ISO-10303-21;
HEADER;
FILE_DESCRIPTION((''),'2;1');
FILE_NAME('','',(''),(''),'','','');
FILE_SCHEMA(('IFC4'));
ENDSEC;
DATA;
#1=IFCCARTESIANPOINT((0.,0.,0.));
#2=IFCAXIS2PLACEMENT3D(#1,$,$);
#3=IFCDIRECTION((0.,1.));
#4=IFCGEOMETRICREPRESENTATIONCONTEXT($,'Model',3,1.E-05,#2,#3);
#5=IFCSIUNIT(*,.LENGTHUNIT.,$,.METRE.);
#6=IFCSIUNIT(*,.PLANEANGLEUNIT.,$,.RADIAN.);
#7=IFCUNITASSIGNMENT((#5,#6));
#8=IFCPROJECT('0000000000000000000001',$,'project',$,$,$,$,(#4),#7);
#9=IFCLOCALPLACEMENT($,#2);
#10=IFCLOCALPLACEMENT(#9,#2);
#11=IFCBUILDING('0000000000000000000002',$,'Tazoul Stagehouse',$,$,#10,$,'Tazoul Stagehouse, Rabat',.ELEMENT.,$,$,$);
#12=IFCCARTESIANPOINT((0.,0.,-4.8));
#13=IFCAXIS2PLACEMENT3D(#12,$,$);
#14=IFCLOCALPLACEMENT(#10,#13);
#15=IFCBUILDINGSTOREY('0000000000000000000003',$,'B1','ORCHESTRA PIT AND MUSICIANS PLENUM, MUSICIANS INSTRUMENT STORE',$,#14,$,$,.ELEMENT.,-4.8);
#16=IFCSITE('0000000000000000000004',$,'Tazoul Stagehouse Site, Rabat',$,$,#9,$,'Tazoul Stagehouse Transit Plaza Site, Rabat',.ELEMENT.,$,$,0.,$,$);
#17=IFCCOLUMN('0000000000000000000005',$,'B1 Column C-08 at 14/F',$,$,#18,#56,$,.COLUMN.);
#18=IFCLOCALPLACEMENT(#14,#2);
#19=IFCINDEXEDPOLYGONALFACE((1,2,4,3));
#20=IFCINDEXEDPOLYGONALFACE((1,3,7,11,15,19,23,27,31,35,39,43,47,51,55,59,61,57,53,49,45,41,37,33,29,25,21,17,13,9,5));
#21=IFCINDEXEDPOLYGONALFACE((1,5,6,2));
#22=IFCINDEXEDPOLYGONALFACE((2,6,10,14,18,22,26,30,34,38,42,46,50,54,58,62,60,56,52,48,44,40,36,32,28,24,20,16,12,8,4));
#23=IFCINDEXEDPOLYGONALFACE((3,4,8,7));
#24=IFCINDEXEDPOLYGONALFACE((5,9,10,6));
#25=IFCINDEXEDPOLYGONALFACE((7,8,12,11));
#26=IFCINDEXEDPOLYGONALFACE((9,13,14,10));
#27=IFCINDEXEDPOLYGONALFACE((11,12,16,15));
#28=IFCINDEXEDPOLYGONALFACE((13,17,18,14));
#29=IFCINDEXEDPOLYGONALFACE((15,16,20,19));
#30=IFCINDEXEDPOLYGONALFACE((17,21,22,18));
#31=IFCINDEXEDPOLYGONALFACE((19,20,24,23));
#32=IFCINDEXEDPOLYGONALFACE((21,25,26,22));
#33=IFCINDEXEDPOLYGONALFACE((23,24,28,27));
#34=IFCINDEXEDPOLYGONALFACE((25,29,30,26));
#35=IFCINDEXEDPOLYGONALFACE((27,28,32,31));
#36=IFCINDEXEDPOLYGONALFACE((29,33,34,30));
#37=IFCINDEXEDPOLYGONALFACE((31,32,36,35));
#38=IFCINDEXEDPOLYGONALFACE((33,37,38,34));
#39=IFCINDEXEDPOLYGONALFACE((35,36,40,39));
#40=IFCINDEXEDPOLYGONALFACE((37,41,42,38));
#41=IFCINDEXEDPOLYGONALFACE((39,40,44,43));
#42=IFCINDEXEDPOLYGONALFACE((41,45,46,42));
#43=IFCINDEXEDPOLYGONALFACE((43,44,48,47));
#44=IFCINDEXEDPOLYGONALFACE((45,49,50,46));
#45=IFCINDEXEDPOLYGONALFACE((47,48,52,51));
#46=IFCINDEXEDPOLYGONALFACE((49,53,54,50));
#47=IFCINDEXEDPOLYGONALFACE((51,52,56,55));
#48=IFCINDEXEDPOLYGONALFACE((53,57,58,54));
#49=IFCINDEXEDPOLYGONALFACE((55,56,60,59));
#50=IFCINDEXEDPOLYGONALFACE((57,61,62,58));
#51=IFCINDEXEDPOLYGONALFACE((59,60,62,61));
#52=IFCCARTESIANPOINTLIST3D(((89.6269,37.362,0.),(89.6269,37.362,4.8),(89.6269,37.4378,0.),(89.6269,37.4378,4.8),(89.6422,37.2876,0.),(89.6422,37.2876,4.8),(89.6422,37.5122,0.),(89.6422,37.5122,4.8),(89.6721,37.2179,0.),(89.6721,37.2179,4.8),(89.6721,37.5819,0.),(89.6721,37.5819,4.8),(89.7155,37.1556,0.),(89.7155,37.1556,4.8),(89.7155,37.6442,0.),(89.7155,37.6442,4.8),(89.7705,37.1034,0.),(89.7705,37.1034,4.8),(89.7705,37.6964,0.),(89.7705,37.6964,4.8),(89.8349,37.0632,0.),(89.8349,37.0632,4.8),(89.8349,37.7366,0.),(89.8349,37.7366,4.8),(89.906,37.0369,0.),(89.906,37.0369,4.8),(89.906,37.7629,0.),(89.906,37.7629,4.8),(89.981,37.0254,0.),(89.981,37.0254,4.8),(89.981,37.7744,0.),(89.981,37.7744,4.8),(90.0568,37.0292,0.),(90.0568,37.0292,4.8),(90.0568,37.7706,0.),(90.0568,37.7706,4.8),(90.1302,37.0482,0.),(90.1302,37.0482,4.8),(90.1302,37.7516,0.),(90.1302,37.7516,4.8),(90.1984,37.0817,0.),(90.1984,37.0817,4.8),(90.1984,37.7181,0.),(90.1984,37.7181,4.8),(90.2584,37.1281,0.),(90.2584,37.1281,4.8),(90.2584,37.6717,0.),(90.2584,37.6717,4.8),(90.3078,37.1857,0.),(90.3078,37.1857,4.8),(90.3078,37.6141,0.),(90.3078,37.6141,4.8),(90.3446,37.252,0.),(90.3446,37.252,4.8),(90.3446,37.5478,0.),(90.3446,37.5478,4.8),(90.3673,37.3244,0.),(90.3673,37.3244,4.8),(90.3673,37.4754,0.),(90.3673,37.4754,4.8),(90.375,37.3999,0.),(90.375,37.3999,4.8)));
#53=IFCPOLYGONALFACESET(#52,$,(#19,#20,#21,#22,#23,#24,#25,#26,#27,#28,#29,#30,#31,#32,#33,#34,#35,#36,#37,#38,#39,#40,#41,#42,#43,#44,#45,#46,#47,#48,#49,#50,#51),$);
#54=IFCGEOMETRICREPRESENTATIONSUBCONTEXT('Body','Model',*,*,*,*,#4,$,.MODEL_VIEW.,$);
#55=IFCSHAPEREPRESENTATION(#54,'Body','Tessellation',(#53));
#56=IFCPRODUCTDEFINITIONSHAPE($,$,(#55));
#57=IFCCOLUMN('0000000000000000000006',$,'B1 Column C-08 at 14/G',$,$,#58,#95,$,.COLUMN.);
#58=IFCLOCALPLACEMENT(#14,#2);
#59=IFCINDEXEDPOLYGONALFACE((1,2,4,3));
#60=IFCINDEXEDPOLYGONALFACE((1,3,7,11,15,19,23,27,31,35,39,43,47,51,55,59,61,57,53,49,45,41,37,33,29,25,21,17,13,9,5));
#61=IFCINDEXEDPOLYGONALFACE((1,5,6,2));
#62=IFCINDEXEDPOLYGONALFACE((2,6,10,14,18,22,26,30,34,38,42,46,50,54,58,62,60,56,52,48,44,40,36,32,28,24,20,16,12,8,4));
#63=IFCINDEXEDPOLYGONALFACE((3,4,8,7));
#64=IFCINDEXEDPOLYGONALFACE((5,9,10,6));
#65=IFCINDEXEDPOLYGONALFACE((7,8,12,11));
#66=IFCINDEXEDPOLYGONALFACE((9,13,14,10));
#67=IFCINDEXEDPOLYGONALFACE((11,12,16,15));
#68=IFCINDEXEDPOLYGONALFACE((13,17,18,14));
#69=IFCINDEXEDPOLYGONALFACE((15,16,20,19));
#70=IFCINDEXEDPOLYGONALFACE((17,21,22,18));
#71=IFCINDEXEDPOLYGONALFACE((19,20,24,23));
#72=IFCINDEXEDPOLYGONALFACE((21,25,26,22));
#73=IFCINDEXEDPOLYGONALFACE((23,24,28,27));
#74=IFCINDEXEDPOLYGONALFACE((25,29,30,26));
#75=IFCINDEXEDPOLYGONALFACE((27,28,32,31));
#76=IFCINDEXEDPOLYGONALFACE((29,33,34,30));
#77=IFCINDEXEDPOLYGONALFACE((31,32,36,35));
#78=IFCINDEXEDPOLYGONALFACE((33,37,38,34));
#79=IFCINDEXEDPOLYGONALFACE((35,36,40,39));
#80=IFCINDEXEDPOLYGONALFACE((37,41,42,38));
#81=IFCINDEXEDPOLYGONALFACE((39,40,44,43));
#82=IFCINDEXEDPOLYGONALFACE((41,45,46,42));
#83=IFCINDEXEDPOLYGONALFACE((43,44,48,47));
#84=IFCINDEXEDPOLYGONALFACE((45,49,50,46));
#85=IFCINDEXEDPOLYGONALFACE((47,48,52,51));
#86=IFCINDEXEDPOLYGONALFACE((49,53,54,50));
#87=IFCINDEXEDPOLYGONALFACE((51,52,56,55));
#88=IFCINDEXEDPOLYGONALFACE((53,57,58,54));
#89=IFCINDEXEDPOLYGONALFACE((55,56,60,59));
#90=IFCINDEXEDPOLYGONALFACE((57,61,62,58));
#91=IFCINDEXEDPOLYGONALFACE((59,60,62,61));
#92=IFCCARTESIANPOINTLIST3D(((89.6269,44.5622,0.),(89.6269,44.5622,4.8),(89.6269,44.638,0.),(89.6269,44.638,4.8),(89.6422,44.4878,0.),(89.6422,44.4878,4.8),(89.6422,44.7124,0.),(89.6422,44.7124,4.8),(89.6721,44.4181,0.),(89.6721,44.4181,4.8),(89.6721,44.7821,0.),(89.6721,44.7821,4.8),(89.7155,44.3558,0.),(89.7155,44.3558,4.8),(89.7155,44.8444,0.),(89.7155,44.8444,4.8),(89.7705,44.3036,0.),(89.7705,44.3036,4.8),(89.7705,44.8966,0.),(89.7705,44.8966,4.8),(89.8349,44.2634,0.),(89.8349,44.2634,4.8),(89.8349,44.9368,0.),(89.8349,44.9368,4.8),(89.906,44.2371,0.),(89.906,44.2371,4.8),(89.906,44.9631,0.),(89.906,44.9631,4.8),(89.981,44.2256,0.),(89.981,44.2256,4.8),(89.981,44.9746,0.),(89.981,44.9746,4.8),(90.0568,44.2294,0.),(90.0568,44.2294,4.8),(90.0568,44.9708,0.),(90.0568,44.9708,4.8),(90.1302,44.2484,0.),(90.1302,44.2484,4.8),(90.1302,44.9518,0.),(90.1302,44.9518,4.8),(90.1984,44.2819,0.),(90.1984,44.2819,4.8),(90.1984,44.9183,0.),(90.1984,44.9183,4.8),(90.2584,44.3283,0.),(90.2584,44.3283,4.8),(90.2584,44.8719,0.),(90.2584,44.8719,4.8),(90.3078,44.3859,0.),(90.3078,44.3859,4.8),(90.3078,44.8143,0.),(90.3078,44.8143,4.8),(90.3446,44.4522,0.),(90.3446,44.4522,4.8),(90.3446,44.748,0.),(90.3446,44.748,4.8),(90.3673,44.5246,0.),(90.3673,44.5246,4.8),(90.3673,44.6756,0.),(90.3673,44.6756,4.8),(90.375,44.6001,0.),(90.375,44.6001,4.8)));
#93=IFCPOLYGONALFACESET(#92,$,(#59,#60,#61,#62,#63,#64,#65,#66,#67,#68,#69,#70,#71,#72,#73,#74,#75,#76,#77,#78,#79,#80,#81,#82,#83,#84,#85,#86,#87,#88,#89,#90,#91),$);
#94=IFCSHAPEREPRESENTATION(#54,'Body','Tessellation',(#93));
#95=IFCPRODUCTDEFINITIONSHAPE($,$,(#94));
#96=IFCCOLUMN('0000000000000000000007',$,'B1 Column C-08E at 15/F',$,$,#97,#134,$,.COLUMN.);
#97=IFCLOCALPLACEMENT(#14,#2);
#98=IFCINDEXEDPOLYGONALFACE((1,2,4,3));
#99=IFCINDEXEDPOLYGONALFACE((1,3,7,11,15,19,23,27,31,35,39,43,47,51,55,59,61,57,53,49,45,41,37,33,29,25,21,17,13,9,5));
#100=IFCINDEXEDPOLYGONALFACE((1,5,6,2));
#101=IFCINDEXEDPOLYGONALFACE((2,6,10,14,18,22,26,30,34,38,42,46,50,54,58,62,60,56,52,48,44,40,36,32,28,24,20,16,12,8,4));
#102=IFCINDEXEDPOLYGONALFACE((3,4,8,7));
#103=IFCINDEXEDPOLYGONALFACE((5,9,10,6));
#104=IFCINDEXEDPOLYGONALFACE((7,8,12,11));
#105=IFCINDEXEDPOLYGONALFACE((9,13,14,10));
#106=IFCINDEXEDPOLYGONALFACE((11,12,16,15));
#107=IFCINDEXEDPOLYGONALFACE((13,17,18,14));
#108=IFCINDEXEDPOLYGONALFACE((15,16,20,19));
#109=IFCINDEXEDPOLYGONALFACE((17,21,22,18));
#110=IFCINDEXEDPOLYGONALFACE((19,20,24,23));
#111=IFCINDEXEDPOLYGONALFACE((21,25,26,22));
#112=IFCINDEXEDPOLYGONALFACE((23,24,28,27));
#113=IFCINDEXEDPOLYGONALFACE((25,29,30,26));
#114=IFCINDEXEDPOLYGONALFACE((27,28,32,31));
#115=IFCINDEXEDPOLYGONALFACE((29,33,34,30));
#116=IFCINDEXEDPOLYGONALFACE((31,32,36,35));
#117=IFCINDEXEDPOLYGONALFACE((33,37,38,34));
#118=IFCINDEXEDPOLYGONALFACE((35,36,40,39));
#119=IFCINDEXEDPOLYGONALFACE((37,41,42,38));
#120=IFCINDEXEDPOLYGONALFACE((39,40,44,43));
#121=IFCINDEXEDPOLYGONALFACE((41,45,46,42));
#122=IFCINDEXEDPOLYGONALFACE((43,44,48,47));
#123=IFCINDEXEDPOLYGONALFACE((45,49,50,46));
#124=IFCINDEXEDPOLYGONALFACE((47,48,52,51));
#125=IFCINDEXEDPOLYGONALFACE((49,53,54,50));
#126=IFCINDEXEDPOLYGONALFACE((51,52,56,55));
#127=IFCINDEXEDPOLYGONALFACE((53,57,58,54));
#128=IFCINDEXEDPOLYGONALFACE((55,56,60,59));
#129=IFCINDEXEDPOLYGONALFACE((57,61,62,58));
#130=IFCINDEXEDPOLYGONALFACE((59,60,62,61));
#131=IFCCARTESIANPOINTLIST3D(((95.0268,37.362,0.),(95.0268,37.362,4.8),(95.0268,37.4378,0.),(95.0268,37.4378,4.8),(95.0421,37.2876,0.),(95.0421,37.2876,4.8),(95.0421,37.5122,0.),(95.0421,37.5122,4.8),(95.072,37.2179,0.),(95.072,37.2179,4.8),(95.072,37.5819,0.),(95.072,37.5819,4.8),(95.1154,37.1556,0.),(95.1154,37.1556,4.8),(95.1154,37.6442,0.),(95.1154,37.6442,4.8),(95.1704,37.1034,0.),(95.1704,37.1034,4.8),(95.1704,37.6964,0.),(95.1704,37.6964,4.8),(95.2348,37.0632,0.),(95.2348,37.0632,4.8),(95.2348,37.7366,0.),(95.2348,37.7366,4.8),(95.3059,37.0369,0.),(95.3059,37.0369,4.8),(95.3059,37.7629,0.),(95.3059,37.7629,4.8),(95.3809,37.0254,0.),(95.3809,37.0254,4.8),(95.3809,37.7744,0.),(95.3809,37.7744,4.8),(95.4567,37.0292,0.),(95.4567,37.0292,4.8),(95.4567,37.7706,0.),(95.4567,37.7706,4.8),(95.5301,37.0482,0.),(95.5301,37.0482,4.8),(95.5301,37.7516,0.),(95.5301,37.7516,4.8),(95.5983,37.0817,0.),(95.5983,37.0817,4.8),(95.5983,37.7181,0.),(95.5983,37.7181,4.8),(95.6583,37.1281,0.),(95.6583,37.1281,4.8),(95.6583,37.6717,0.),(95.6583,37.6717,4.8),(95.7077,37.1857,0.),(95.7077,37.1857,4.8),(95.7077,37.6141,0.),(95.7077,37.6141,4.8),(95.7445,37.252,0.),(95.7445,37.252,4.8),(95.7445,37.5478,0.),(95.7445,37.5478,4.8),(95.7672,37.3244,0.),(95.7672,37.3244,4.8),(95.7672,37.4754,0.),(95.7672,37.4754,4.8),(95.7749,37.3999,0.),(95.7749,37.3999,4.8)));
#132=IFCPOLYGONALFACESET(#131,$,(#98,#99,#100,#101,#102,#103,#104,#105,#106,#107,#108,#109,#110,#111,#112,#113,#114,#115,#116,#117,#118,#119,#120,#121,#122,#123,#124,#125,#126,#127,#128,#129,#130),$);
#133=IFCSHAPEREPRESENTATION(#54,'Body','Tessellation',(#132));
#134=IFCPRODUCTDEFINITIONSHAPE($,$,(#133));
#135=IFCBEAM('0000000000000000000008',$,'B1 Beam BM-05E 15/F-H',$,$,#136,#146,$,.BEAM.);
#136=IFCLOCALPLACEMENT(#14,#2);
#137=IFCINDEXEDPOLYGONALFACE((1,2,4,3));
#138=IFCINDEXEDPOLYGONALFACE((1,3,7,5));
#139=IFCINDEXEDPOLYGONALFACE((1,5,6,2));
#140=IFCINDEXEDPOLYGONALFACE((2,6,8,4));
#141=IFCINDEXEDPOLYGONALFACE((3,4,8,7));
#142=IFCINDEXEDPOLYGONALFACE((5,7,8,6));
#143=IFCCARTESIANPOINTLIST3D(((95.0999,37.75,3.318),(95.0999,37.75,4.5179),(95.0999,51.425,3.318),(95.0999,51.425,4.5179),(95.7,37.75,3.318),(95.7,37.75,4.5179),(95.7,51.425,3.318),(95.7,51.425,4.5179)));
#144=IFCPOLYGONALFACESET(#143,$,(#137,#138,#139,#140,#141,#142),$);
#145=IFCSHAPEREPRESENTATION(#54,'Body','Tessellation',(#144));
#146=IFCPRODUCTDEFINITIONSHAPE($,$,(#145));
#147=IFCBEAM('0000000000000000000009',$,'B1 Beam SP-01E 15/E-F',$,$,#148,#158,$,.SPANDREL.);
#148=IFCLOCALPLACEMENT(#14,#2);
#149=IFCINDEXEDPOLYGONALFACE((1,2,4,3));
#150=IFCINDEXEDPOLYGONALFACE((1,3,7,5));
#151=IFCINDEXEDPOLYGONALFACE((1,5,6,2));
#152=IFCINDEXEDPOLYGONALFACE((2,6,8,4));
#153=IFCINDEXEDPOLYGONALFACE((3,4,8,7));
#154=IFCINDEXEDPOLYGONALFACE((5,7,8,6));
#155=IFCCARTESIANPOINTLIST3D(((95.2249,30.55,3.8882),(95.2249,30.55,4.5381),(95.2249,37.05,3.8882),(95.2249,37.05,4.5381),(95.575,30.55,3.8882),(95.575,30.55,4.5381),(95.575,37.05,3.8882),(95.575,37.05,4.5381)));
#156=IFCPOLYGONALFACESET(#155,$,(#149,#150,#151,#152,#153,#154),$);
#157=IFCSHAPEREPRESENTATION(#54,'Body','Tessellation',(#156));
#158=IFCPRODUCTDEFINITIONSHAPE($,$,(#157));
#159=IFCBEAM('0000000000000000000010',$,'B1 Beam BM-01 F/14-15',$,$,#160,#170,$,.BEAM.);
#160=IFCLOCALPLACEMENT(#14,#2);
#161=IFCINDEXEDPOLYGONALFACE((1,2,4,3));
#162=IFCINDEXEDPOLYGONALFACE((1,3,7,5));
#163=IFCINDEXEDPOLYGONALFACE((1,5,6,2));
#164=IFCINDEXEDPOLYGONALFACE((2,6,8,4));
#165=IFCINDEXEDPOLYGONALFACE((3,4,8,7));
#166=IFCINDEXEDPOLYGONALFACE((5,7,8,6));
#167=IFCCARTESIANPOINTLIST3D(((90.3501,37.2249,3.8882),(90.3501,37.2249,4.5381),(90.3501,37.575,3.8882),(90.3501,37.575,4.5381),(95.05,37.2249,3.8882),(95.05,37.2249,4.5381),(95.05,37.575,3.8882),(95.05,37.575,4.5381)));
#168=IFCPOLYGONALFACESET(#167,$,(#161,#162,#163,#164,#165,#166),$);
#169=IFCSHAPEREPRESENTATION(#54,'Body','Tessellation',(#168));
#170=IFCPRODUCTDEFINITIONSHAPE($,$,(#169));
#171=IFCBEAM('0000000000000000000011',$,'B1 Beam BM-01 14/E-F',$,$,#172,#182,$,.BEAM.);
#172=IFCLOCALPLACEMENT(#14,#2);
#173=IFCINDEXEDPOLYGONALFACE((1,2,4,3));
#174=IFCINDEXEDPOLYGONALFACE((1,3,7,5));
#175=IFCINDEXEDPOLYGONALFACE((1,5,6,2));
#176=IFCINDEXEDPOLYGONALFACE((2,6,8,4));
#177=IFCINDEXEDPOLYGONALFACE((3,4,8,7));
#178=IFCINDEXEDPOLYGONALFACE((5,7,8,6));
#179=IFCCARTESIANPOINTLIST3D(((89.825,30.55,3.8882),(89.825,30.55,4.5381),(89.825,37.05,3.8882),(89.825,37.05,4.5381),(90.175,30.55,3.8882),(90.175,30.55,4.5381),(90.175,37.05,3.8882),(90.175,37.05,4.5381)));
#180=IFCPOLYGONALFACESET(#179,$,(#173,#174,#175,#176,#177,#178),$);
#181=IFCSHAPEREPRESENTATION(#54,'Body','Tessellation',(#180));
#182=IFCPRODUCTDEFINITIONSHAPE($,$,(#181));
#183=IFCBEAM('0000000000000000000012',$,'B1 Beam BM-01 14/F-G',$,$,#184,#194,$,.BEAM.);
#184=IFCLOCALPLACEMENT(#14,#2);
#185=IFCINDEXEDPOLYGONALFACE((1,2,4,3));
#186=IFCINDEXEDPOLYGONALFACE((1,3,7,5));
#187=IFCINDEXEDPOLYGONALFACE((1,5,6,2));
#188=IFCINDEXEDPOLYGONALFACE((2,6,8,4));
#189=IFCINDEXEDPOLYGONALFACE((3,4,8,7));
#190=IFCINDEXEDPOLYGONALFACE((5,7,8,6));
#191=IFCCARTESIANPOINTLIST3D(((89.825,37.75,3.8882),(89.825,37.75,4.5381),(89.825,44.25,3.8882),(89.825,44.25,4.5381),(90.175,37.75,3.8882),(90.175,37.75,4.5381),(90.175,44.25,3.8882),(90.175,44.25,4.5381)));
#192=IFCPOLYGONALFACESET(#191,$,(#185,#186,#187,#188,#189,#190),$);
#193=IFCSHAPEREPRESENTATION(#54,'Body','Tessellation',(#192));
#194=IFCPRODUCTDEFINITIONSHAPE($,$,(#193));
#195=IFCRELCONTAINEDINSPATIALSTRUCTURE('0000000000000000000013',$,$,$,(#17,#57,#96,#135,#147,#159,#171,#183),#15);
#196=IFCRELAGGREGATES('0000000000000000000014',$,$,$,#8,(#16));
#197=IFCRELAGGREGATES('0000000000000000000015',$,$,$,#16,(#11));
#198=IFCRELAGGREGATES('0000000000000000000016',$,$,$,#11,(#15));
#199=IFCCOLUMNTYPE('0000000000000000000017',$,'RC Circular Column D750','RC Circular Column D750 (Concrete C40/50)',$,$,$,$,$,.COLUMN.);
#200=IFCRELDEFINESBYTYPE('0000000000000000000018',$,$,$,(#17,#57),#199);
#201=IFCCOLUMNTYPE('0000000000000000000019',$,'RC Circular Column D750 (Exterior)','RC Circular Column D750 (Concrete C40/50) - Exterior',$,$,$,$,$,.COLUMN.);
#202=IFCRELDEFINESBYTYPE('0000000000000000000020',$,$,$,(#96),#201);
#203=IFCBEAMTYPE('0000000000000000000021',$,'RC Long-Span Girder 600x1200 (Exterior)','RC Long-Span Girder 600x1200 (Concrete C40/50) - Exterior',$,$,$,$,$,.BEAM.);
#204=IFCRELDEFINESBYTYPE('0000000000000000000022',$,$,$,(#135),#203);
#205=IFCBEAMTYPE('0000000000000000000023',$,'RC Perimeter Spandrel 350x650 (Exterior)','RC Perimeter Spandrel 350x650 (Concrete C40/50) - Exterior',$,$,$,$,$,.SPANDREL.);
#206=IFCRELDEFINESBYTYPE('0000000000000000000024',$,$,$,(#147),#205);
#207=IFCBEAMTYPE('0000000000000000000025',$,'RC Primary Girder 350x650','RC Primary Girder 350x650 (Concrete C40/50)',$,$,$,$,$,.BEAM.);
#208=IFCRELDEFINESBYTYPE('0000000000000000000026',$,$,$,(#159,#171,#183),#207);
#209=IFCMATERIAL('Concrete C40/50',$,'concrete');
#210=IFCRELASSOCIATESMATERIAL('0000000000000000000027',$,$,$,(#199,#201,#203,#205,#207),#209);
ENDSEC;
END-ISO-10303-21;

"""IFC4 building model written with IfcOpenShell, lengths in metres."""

from ifc_helpers import new_model, si_unit, direction, frame, origin, origin_2d, place, context, subcontext, project, spatial, rectangle, circle, extrude, material, material_profile, profile_set, type_object, element, save


model = new_model("IFC4")

# Units and contexts
model_context = context("Model", 3, precision=1e-05, world=origin(), true_north=direction((0.0, 1.0)))
body_context = subcontext(model_context, "Body", "Model", "MODEL_VIEW")
ifc_project = project(units=[si_unit("LENGTHUNIT", "METRE"), si_unit("PLANEANGLEUNIT", "RADIAN")], contexts=[model_context])

# Site, building, storey
site_placement = place(None, origin())
site = spatial("IfcSite", under=ifc_project, at=site_placement, Name="Tazoul Stagehouse Site, Rabat", LongName="Tazoul Stagehouse Transit Plaza Site, Rabat", CompositionType="ELEMENT", RefElevation=0.0)
building_placement = place(site_placement, origin())
building = spatial("IfcBuilding", under=site, at=building_placement, Name="Tazoul Stagehouse", LongName="Tazoul Stagehouse, Rabat", CompositionType="ELEMENT")
storey_placement = place(building_placement, frame((0.0, 0.0, -4.8)))
storey = spatial("IfcBuildingStorey", under=building, at=storey_placement, Name="B1", Description="ORCHESTRA PIT AND MUSICIANS PLENUM, MUSICIANS INSTRUMENT STORE", CompositionType="ELEMENT", Elevation=-4.8)

# Columns
ifc_material_1 = material(Name="Concrete C40/50", Category="concrete")
ifc_material_profile_1 = material_profile(ifc_material_1, circle(Radius=0.375, at=origin_2d()), Name="RC D750")
ifc_profile_set_1 = profile_set([ifc_material_profile_1], Name="Concrete C40/50")
column_type_1 = type_object("IfcColumnType", Name="RC Circular Column D750", Description="RC Circular Column D750 (Concrete C40/50)", PredefinedType="COLUMN", material=ifc_profile_set_1)
for number, where, z_axis, x_axis, name in (
    (1, (90.0, 37.3999, 0.0), (0.0, 0.0, 1.0), (1.0, 0.0, 0.0), "B1 Column C-08 at 14/F"),
    (2, (90.0, 44.6001, 0.0), (0.0, 0.0, 1.0), (1.0, 0.0, 0.0), "B1 Column C-08 at 14/G"),
):
    element("IfcColumn", number, at=place(storey_placement, frame(where, z_axis=z_axis, x_axis=x_axis)), inside=storey, type_object=column_type_1, Name=name, PredefinedType="COLUMN", context=body_context, shape_type="SweptSolid", body=[
        extrude(circle(Radius=0.375, at=origin_2d()), origin(), (0.0, 0.0, 1.0), 4.8),
    ])
ifc_material_profile_2 = material_profile(ifc_material_1, circle(Radius=0.375, at=origin_2d()), Name="RC D750")
ifc_profile_set_2 = profile_set([ifc_material_profile_2], Name="Concrete C40/50")
column_type_2 = type_object("IfcColumnType", Name="RC Circular Column D750 (Exterior)", Description="RC Circular Column D750 (Concrete C40/50) - Exterior", PredefinedType="COLUMN", material=ifc_profile_set_2)
column_placement = place(storey_placement, frame((95.3999, 37.3999, 0.0), z_axis=(0.0, 0.0, 1.0), x_axis=(1.0, 0.0, 0.0)))
element("IfcColumn", 3, at=column_placement, inside=storey, type_object=column_type_2, Name="B1 Column C-08E at 15/F", PredefinedType="COLUMN", context=body_context, shape_type="SweptSolid", body=[
    extrude(circle(Radius=0.375, at=origin_2d()), origin(), (0.0, 0.0, 1.0), 4.8),
])

# Beams
ifc_material_profile_3 = material_profile(ifc_material_1, rectangle(XDim=0.6001, YDim=1.2, at=origin_2d()), Name="RC 600x1200")
ifc_profile_set_3 = profile_set([ifc_material_profile_3], Name="Concrete C40/50")
beam_type_1 = type_object("IfcBeamType", Name="RC Long-Span Girder 600x1200 (Exterior)", Description="RC Long-Span Girder 600x1200 (Concrete C40/50) - Exterior", PredefinedType="BEAM", material=ifc_profile_set_3)
beam_1_placement = place(storey_placement, frame((95.3999, 37.75, 3.918), z_axis=(0.0, 1.0, 0.0), x_axis=(-1.0, 0.0, 0.0)))
element("IfcBeam", 4, at=beam_1_placement, inside=storey, type_object=beam_type_1, Name="B1 Beam BM-05E 15/F-H", PredefinedType="BEAM", context=body_context, shape_type="SweptSolid", body=[
    extrude(rectangle(XDim=0.6001, YDim=1.2, at=origin_2d()), origin(), (0.0, 0.0, 1.0), 13.675),
])
ifc_material_profile_4 = material_profile(ifc_material_1, rectangle(XDim=0.3501, YDim=0.6499, at=origin_2d()), Name="RC 350x650")
ifc_profile_set_4 = profile_set([ifc_material_profile_4], Name="Concrete C40/50")
beam_type_2 = type_object("IfcBeamType", Name="RC Perimeter Spandrel 350x650 (Exterior)", Description="RC Perimeter Spandrel 350x650 (Concrete C40/50) - Exterior", PredefinedType="SPANDREL", material=ifc_profile_set_4)
beam_2_placement = place(storey_placement, frame((95.3999, 30.55, 4.2131), z_axis=(0.0, 1.0, 0.0), x_axis=(-1.0, 0.0, 0.0)))
element("IfcBeam", 5, at=beam_2_placement, inside=storey, type_object=beam_type_2, Name="B1 Beam SP-01E 15/E-F", PredefinedType="SPANDREL", context=body_context, shape_type="SweptSolid", body=[
    extrude(rectangle(XDim=0.3501, YDim=0.6499, at=origin_2d()), origin(), (0.0, 0.0, 1.0), 6.5),
])
ifc_material_profile_5 = material_profile(ifc_material_1, rectangle(XDim=0.3501, YDim=0.6499, at=origin_2d()), Name="RC 350x650")
ifc_profile_set_5 = profile_set([ifc_material_profile_5], Name="Concrete C40/50")
beam_type_3 = type_object("IfcBeamType", Name="RC Primary Girder 350x650", Description="RC Primary Girder 350x650 (Concrete C40/50)", PredefinedType="BEAM", material=ifc_profile_set_5)
beam_3_placement = place(storey_placement, frame((90.3501, 37.3999, 4.2131), z_axis=(1.0, 0.0, 0.0), x_axis=(0.0, 1.0, 0.0)))
element("IfcBeam", 6, at=beam_3_placement, inside=storey, type_object=beam_type_3, Name="B1 Beam BM-01 F/14-15", PredefinedType="BEAM", context=body_context, shape_type="SweptSolid", body=[
    extrude(rectangle(XDim=0.3501, YDim=0.6499, at=origin_2d()), origin(), (0.0, 0.0, 1.0), 4.7),
])
for number, where, z_axis, x_axis, name in (
    (7, (90.0, 30.55, 4.2131), (0.0, 1.0, 0.0), (-1.0, 0.0, 0.0), "B1 Beam BM-01 14/E-F"),
    (8, (90.0, 37.75, 4.2131), (0.0, 1.0, 0.0), (-1.0, 0.0, 0.0), "B1 Beam BM-01 14/F-G"),
):
    element("IfcBeam", number, at=place(storey_placement, frame(where, z_axis=z_axis, x_axis=x_axis)), inside=storey, type_object=beam_type_3, Name=name, PredefinedType="BEAM", context=body_context, shape_type="SweptSolid", body=[
        extrude(rectangle(XDim=0.3501, YDim=0.6499, at=origin_2d()), origin(), (0.0, 0.0, 1.0), 6.5),
    ])

save(model, "model.ifc")
